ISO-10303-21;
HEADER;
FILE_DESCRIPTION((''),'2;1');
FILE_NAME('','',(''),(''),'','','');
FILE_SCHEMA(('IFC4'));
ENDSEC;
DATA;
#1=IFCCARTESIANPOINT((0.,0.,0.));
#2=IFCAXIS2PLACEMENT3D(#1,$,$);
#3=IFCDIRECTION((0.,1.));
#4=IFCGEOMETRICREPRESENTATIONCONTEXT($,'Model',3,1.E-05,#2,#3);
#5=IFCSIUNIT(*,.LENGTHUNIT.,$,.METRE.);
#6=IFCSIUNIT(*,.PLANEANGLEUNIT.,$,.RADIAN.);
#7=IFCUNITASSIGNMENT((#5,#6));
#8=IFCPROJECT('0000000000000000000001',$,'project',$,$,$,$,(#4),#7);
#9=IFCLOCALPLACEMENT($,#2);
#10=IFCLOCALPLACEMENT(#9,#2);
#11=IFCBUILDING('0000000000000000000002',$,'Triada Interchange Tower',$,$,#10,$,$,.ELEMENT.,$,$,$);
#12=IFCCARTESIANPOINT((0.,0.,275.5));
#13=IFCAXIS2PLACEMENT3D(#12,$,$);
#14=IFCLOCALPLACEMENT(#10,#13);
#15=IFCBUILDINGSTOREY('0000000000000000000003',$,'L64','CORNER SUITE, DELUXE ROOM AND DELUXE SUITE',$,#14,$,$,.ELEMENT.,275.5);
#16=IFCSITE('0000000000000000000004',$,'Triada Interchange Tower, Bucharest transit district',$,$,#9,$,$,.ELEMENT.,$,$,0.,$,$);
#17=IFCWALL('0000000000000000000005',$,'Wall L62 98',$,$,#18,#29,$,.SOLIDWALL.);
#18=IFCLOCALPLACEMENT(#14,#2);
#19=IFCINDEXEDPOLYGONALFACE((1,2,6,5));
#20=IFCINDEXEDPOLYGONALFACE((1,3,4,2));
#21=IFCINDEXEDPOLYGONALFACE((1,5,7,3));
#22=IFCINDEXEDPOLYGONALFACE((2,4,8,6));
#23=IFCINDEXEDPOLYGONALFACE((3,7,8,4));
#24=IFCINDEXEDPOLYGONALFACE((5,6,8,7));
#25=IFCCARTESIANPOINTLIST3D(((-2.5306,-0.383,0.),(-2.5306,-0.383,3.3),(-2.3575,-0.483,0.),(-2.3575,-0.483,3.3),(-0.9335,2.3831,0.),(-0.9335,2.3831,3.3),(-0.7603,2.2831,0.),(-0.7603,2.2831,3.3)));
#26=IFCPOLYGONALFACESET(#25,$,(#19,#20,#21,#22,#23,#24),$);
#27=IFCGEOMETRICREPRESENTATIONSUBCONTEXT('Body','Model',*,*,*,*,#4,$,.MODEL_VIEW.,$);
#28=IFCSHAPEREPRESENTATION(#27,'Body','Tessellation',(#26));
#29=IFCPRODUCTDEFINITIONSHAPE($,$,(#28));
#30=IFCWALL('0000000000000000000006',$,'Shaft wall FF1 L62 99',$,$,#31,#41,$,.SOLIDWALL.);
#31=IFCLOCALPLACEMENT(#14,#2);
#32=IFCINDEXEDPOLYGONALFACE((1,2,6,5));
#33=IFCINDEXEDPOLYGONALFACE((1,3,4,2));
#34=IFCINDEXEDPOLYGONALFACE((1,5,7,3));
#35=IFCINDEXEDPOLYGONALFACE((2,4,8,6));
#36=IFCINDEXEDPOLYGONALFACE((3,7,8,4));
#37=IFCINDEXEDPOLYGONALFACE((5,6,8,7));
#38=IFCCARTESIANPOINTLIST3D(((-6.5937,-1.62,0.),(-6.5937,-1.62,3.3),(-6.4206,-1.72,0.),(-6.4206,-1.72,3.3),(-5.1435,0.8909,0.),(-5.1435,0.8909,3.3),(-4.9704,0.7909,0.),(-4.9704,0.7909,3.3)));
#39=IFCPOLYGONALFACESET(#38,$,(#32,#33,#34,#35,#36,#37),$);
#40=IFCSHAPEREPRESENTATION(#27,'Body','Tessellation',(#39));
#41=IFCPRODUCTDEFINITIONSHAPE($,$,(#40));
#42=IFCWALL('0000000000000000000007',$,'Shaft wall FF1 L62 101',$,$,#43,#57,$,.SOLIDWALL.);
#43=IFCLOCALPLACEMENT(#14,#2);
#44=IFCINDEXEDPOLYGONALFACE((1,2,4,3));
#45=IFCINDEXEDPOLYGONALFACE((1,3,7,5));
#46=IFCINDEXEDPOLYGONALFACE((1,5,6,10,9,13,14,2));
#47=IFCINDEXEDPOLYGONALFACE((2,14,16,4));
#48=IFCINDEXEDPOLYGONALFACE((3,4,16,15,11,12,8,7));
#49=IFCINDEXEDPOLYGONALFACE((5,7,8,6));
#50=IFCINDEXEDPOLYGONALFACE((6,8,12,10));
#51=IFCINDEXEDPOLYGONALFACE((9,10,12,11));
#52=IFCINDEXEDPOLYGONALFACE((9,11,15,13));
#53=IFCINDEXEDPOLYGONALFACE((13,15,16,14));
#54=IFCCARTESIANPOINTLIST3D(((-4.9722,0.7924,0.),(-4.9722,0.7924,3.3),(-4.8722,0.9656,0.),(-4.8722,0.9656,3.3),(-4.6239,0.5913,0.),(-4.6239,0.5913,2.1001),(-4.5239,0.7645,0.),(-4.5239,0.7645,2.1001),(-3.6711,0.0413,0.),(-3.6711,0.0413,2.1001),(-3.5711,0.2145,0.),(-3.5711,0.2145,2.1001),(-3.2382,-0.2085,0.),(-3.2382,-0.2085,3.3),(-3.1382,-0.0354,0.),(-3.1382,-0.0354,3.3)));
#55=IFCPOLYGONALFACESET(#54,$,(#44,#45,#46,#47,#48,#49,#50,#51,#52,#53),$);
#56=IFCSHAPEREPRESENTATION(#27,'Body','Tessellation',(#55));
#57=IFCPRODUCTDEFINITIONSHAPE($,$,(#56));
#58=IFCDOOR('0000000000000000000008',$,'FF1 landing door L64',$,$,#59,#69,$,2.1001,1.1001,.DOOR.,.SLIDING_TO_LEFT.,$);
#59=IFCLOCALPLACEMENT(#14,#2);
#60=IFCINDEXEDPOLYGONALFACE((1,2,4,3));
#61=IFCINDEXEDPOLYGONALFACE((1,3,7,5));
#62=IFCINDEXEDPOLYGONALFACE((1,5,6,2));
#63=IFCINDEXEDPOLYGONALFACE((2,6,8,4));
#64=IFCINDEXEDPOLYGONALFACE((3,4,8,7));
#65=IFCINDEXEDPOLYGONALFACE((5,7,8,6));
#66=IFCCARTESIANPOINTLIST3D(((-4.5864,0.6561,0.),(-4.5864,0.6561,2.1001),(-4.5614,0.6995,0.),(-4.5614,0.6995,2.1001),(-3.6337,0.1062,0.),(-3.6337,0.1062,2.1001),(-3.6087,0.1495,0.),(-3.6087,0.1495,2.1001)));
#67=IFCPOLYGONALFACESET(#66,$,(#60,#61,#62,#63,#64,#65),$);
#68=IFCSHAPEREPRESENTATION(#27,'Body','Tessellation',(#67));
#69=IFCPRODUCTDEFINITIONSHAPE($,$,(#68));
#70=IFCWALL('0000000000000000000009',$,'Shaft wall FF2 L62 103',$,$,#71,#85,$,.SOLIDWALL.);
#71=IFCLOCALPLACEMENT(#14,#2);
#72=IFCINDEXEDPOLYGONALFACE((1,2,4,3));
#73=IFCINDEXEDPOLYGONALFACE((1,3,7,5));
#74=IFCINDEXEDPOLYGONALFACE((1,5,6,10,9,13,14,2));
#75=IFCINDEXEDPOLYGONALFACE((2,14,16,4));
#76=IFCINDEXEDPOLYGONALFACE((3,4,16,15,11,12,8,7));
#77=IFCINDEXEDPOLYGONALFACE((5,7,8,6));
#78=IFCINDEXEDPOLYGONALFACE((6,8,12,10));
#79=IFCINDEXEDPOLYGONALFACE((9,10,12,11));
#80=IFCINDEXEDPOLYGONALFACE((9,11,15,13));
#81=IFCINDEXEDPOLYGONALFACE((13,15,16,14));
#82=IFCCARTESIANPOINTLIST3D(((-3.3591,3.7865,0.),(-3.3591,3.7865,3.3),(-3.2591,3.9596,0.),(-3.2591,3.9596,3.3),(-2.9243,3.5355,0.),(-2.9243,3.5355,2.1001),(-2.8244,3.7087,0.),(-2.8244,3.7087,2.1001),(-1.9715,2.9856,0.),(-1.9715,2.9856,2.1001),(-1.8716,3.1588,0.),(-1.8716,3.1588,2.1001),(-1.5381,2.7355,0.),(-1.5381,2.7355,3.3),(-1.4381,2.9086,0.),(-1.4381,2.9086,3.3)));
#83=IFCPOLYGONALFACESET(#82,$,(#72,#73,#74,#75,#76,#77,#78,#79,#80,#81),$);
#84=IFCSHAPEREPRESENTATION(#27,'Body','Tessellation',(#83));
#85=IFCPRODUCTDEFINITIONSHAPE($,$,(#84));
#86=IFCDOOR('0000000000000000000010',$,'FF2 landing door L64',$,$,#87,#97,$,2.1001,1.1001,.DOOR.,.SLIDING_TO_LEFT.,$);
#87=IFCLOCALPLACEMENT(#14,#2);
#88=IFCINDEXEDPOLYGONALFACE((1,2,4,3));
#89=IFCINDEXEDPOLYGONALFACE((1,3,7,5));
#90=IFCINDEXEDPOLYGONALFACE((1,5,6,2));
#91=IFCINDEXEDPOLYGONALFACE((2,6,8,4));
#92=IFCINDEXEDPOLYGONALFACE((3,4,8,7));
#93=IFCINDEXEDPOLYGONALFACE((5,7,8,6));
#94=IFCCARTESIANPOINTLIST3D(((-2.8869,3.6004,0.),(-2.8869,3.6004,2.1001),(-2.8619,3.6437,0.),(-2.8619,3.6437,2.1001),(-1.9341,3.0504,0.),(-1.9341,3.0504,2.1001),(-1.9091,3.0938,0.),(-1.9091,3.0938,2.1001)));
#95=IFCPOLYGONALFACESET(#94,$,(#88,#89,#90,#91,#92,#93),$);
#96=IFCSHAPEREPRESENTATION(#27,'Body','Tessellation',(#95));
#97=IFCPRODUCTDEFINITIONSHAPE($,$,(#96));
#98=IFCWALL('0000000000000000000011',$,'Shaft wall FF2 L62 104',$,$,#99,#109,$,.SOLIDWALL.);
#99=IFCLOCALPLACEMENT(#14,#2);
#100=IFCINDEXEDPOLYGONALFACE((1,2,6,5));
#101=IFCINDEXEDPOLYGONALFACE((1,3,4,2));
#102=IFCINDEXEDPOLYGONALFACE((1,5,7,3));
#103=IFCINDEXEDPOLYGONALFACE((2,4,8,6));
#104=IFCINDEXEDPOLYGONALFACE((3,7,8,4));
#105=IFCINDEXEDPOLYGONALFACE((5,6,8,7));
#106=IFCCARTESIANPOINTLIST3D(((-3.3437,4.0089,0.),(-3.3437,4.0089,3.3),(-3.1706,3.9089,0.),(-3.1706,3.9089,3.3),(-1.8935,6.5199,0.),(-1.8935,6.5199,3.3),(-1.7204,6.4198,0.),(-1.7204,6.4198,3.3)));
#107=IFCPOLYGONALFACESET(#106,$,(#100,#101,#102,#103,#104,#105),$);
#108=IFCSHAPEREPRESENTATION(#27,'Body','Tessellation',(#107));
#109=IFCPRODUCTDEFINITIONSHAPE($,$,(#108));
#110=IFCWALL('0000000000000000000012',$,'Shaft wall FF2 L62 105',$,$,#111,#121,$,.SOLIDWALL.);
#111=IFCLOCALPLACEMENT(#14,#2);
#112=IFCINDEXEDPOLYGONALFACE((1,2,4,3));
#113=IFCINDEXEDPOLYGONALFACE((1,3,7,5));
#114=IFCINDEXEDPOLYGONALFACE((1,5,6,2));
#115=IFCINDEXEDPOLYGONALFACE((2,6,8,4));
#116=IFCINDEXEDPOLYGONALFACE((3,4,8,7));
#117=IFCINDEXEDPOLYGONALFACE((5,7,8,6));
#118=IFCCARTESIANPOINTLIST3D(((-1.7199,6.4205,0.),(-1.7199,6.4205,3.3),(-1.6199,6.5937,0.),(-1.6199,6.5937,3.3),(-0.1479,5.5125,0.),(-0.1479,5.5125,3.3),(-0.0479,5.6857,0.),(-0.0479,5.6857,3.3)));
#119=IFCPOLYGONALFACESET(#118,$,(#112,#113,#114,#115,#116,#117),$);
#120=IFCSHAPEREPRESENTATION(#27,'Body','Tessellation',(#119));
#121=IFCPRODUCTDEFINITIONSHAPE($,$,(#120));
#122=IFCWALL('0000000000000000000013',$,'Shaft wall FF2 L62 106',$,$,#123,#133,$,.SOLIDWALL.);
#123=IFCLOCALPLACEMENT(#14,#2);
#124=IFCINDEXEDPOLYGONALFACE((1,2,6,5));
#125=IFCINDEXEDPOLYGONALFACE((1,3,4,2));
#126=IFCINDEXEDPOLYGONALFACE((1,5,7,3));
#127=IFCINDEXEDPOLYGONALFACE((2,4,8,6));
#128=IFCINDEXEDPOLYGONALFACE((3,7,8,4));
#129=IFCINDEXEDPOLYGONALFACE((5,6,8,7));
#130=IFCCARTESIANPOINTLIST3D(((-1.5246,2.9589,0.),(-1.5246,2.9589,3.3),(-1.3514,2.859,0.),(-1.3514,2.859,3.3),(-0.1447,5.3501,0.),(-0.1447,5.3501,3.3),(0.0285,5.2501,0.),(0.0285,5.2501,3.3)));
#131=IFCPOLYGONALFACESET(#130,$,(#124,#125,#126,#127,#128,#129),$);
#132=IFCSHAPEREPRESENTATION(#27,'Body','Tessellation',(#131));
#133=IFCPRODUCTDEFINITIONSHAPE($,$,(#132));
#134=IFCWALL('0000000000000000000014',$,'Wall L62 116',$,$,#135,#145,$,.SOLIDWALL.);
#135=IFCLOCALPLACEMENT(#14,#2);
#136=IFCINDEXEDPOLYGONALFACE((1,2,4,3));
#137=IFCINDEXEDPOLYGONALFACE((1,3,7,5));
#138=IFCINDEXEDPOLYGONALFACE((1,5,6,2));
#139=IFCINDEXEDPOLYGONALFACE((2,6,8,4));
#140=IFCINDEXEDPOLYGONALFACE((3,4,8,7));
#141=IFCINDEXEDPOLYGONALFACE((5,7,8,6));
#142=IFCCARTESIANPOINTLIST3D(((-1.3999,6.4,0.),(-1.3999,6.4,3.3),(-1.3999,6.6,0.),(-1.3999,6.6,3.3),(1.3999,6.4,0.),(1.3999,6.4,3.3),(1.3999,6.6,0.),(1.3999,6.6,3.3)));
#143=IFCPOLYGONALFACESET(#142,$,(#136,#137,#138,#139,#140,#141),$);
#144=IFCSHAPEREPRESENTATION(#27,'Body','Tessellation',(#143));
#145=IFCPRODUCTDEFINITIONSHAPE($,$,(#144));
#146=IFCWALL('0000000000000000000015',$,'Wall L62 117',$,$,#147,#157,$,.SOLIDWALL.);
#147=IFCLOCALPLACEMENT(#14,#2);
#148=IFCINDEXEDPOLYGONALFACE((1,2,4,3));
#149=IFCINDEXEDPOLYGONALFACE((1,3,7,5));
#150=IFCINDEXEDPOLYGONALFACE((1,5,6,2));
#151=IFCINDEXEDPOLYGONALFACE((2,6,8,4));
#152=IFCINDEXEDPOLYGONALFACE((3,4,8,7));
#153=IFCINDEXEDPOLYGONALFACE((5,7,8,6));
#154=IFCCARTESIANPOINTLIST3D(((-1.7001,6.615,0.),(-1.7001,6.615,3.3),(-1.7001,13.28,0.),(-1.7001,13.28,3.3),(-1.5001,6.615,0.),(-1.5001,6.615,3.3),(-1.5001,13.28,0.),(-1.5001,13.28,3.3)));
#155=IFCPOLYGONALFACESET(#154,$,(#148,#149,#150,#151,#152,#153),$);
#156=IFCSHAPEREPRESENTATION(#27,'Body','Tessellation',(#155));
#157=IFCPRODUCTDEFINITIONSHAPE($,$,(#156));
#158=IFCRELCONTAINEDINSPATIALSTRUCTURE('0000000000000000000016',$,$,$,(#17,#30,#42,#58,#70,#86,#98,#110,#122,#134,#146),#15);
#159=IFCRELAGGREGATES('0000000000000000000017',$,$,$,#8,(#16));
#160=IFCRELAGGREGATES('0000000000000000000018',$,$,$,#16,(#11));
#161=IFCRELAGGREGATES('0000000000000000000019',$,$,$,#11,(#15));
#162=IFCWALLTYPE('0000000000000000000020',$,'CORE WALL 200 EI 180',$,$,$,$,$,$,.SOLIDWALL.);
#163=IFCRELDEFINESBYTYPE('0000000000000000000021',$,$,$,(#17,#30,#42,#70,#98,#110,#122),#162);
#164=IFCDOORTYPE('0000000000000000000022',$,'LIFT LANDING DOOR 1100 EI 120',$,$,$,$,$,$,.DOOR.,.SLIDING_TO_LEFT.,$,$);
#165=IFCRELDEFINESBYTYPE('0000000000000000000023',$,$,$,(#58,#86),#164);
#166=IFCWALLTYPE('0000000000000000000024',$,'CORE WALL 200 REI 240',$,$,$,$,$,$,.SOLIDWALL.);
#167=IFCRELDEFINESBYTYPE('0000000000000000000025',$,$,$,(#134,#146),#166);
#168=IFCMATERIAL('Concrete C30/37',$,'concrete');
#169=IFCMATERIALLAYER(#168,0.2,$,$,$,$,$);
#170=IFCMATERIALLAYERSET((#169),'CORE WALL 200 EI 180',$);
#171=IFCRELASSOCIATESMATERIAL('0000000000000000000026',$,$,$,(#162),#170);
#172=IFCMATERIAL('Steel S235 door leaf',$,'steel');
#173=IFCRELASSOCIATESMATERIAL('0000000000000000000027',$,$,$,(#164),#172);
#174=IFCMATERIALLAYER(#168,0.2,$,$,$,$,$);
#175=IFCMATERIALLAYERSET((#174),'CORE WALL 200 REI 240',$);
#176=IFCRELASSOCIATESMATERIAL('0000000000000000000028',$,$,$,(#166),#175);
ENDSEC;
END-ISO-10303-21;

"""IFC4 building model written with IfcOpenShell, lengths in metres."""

from ifc_helpers import new_model, si_unit, direction, frame, frame_2d, origin, place, context, subcontext, project, spatial, rectangle, extrude, material, layer, layer_set, type_object, element, fill, save


model = new_model("IFC4")

# Units and contexts
model_context = context("Model", 3, precision=1e-05, world=origin(), true_north=direction((0.0, 1.0)))
body_context = subcontext(model_context, "Body", "Model", "MODEL_VIEW")
ifc_project = project(units=[si_unit("LENGTHUNIT", "METRE"), si_unit("PLANEANGLEUNIT", "RADIAN")], contexts=[model_context])

# Site, building, storey
site_placement = place(None, origin())
site = spatial("IfcSite", under=ifc_project, at=site_placement, Name="Triada Interchange Tower, Bucharest transit district", CompositionType="ELEMENT", RefElevation=0.0)
building_placement = place(site_placement, origin())
building = spatial("IfcBuilding", under=site, at=building_placement, Name="Triada Interchange Tower", CompositionType="ELEMENT")
storey_placement = place(building_placement, frame((0.0, 0.0, 275.5)))
storey = spatial("IfcBuildingStorey", under=building, at=storey_placement, Name="L64", Description="CORNER SUITE, DELUXE ROOM AND DELUXE SUITE", CompositionType="ELEMENT", Elevation=275.5)

# Shared definitions
ifc_material_1 = material(Name="Concrete C30/37", Category="concrete")

# Shared definitions
ifc_layer_1 = layer(ifc_material_1, 0.2)
ifc_layer_set_1 = layer_set([ifc_layer_1], Name="CORE WALL 200 EI 180")
wall_type_1 = type_object("IfcWallType", Name="CORE WALL 200 EI 180", PredefinedType="SOLIDWALL", material=ifc_layer_set_1)
ifc_material_2 = material(Name="Steel S235 door leaf", Category="steel")
door_type_1 = type_object("IfcDoorType", Name="LIFT LANDING DOOR 1100 EI 120", OperationType="SLIDING_TO_LEFT", PredefinedType="DOOR", material=ifc_material_2)

# Walls
wall_1_placement = place(storey_placement, frame((-2.4441, -0.4331, 0.0), z_axis=(0.0, 0.0, 1.0), x_axis=(0.500036, 0.866005, 0.0)))
element("IfcWall", 1, at=wall_1_placement, inside=storey, type_object=wall_type_1, Name="Wall L62 98", PredefinedType="SOLIDWALL", context=body_context, shape_type="SweptSolid", body=[
    extrude(rectangle(XDim=3.1941, YDim=0.2, at=frame_2d((1.5972, 0.0))), origin(), (0.0, 0.0, 1.0), 3.3),
])
wall_2_placement = place(storey_placement, frame((-6.5071, -1.6699, 0.0), z_axis=(0.0, 0.0, 1.0), x_axis=(0.500123, 0.865954, 0.0)))
element("IfcWall", 2, at=wall_2_placement, inside=storey, type_object=wall_type_1, Name="Shaft wall FF1 L62 99", PredefinedType="SOLIDWALL", context=body_context, shape_type="SweptSolid", body=[
    extrude(rectangle(XDim=2.8997, YDim=0.2, at=frame_2d((1.4497, 0.0))), origin(), (0.0, 0.0, 1.0), 3.3),
])

# Walls, openings, doors
wall_3_placement = place(storey_placement, frame((-4.9221, 0.8789, 0.0), z_axis=(0.0, 0.0, 1.0), x_axis=(0.866074, -0.499916, 0.0)))
wall_3 = element("IfcWall", 3, at=wall_3_placement, inside=storey, type_object=wall_type_1, Name="Shaft wall FF1 L62 101", PredefinedType="SOLIDWALL", context=body_context, shape_type="SweptSolid", body=[
    extrude(rectangle(XDim=2.0022, YDim=0.2, at=frame_2d((1.001, 0.0))), origin(), (0.0, 0.0, 1.0), 3.3),
])
opening_1_placement = place(wall_3_placement, frame((0.4021, 0.0, 0.0)))
opening_1 = element("IfcOpeningElement", 4, at=opening_1_placement, cuts=wall_3, PredefinedType="OPENING", context=body_context, shape_type="SweptSolid", body=[
    extrude(rectangle(XDim=1.1001, YDim=2.1001, at=frame_2d((0.55, 1.05))), frame((0.0, 0.1099, 0.0), z_axis=(0.0, -1.0, 0.0), x_axis=(1.0, 0.0, 0.0)), (0.0, 0.0, 1.0), 0.22),
])
door_1_placement = place(opening_1_placement, origin())
door_1 = element("IfcDoor", 5, at=door_1_placement, inside=storey, type_object=door_type_1, Name="FF1 landing door L64", OperationType="SLIDING_TO_LEFT", OverallHeight=2.1001, OverallWidth=1.1001, PredefinedType="DOOR", context=body_context, shape_type="SweptSolid", body=[
    extrude(rectangle(XDim=1.1001, YDim=2.1001, at=frame_2d((0.55, 1.05))), frame((0.0, 0.0249, 0.0), z_axis=(0.0, -1.0, 0.0), x_axis=(1.0, 0.0, 0.0)), (0.0, 0.0, 1.0), 0.05),
])
fill(opening_1, door_1)
wall_4_placement = place(storey_placement, frame((-3.3091, 3.873, 0.0), z_axis=(0.0, 0.0, 1.0), x_axis=(0.866099, -0.499873, 0.0)))
wall_4 = element("IfcWall", 6, at=wall_4_placement, inside=storey, type_object=wall_type_1, Name="Shaft wall FF2 L62 103", PredefinedType="SOLIDWALL", context=body_context, shape_type="SweptSolid", body=[
    extrude(rectangle(XDim=2.1025, YDim=0.2, at=frame_2d((1.0513, 0.0))), origin(), (0.0, 0.0, 1.0), 3.3),
])
opening_2_placement = place(wall_4_placement, frame((0.502, 0.0, 0.0)))
opening_2 = element("IfcOpeningElement", 7, at=opening_2_placement, cuts=wall_4, PredefinedType="OPENING", context=body_context, shape_type="SweptSolid", body=[
    extrude(rectangle(XDim=1.1001, YDim=2.1001, at=frame_2d((0.55, 1.05))), frame((0.0, 0.1099, 0.0), z_axis=(0.0, -1.0, 0.0), x_axis=(1.0, 0.0, 0.0)), (0.0, 0.0, 1.0), 0.22),
])
door_2_placement = place(opening_2_placement, origin())
door_2 = element("IfcDoor", 8, at=door_2_placement, inside=storey, type_object=door_type_1, Name="FF2 landing door L64", OperationType="SLIDING_TO_LEFT", OverallHeight=2.1001, OverallWidth=1.1001, PredefinedType="DOOR", context=body_context, shape_type="SweptSolid", body=[
    extrude(rectangle(XDim=1.1001, YDim=2.1001, at=frame_2d((0.55, 1.05))), frame((0.0, 0.0249, 0.0), z_axis=(0.0, -1.0, 0.0), x_axis=(1.0, 0.0, 0.0)), (0.0, 0.0, 1.0), 0.05),
])
fill(opening_2, door_2)

# Walls
wall_5_placement = place(storey_placement, frame((-3.2571, 3.959, 0.0), z_axis=(0.0, 0.0, 1.0), x_axis=(0.500123, 0.865954, 0.0)))
element("IfcWall", 9, at=wall_5_placement, inside=storey, type_object=wall_type_1, Name="Shaft wall FF2 L62 104", PredefinedType="SOLIDWALL", context=body_context, shape_type="SweptSolid", body=[
    extrude(rectangle(XDim=2.8997, YDim=0.2, at=frame_2d((1.4497, 0.0))), origin(), (0.0, 0.0, 1.0), 3.3),
])
wall_6_placement = place(storey_placement, frame((-1.6699, 6.5071, 0.0), z_axis=(0.0, 0.0, 1.0), x_axis=(0.865941, -0.500145, 0.0)))
element("IfcWall", 10, at=wall_6_placement, inside=storey, type_object=wall_type_1, Name="Shaft wall FF2 L62 105", PredefinedType="SOLIDWALL", context=body_context, shape_type="SweptSolid", body=[
    extrude(rectangle(XDim=1.8154, YDim=0.2, at=frame_2d((0.9077, 0.0))), origin(), (0.0, 0.0, 1.0), 3.3),
])
wall_7_placement = place(storey_placement, frame((-1.438, 2.9089, 0.0), z_axis=(0.0, 0.0, 1.0), x_axis=(0.49983, 0.866124, 0.0)))
element("IfcWall", 11, at=wall_7_placement, inside=storey, type_object=wall_type_1, Name="Shaft wall FF2 L62 106", PredefinedType="SOLIDWALL", context=body_context, shape_type="SweptSolid", body=[
    extrude(rectangle(XDim=2.7607, YDim=0.2, at=frame_2d((1.3804, 0.0))), origin(), (0.0, 0.0, 1.0), 3.3),
])
ifc_layer_2 = layer(ifc_material_1, 0.2)
ifc_layer_set_2 = layer_set([ifc_layer_2], Name="CORE WALL 200 REI 240")
wall_type_2 = type_object("IfcWallType", Name="CORE WALL 200 REI 240", PredefinedType="SOLIDWALL", material=ifc_layer_set_2)
wall_8_placement = place(storey_placement, frame((-1.3999, 6.5, 0.0), z_axis=(0.0, 0.0, 1.0), x_axis=(1.0, 0.0, 0.0)))
element("IfcWall", 12, at=wall_8_placement, inside=storey, type_object=wall_type_2, Name="Wall L62 116", PredefinedType="SOLIDWALL", context=body_context, shape_type="SweptSolid", body=[
    extrude(rectangle(XDim=2.7998, YDim=0.2, at=frame_2d((1.3999, 0.0))), origin(), (0.0, 0.0, 1.0), 3.3),
])
wall_9_placement = place(storey_placement, frame((-1.6001, 6.615, 0.0), z_axis=(0.0, 0.0, 1.0), x_axis=(0.0, 1.0, 0.0)))
element("IfcWall", 13, at=wall_9_placement, inside=storey, type_object=wall_type_2, Name="Wall L62 117", PredefinedType="SOLIDWALL", context=body_context, shape_type="SweptSolid", body=[
    extrude(rectangle(XDim=6.665, YDim=0.2, at=frame_2d((3.3325, 0.0))), origin(), (0.0, 0.0, 1.0), 3.3),
])

save(model, "model.ifc")
